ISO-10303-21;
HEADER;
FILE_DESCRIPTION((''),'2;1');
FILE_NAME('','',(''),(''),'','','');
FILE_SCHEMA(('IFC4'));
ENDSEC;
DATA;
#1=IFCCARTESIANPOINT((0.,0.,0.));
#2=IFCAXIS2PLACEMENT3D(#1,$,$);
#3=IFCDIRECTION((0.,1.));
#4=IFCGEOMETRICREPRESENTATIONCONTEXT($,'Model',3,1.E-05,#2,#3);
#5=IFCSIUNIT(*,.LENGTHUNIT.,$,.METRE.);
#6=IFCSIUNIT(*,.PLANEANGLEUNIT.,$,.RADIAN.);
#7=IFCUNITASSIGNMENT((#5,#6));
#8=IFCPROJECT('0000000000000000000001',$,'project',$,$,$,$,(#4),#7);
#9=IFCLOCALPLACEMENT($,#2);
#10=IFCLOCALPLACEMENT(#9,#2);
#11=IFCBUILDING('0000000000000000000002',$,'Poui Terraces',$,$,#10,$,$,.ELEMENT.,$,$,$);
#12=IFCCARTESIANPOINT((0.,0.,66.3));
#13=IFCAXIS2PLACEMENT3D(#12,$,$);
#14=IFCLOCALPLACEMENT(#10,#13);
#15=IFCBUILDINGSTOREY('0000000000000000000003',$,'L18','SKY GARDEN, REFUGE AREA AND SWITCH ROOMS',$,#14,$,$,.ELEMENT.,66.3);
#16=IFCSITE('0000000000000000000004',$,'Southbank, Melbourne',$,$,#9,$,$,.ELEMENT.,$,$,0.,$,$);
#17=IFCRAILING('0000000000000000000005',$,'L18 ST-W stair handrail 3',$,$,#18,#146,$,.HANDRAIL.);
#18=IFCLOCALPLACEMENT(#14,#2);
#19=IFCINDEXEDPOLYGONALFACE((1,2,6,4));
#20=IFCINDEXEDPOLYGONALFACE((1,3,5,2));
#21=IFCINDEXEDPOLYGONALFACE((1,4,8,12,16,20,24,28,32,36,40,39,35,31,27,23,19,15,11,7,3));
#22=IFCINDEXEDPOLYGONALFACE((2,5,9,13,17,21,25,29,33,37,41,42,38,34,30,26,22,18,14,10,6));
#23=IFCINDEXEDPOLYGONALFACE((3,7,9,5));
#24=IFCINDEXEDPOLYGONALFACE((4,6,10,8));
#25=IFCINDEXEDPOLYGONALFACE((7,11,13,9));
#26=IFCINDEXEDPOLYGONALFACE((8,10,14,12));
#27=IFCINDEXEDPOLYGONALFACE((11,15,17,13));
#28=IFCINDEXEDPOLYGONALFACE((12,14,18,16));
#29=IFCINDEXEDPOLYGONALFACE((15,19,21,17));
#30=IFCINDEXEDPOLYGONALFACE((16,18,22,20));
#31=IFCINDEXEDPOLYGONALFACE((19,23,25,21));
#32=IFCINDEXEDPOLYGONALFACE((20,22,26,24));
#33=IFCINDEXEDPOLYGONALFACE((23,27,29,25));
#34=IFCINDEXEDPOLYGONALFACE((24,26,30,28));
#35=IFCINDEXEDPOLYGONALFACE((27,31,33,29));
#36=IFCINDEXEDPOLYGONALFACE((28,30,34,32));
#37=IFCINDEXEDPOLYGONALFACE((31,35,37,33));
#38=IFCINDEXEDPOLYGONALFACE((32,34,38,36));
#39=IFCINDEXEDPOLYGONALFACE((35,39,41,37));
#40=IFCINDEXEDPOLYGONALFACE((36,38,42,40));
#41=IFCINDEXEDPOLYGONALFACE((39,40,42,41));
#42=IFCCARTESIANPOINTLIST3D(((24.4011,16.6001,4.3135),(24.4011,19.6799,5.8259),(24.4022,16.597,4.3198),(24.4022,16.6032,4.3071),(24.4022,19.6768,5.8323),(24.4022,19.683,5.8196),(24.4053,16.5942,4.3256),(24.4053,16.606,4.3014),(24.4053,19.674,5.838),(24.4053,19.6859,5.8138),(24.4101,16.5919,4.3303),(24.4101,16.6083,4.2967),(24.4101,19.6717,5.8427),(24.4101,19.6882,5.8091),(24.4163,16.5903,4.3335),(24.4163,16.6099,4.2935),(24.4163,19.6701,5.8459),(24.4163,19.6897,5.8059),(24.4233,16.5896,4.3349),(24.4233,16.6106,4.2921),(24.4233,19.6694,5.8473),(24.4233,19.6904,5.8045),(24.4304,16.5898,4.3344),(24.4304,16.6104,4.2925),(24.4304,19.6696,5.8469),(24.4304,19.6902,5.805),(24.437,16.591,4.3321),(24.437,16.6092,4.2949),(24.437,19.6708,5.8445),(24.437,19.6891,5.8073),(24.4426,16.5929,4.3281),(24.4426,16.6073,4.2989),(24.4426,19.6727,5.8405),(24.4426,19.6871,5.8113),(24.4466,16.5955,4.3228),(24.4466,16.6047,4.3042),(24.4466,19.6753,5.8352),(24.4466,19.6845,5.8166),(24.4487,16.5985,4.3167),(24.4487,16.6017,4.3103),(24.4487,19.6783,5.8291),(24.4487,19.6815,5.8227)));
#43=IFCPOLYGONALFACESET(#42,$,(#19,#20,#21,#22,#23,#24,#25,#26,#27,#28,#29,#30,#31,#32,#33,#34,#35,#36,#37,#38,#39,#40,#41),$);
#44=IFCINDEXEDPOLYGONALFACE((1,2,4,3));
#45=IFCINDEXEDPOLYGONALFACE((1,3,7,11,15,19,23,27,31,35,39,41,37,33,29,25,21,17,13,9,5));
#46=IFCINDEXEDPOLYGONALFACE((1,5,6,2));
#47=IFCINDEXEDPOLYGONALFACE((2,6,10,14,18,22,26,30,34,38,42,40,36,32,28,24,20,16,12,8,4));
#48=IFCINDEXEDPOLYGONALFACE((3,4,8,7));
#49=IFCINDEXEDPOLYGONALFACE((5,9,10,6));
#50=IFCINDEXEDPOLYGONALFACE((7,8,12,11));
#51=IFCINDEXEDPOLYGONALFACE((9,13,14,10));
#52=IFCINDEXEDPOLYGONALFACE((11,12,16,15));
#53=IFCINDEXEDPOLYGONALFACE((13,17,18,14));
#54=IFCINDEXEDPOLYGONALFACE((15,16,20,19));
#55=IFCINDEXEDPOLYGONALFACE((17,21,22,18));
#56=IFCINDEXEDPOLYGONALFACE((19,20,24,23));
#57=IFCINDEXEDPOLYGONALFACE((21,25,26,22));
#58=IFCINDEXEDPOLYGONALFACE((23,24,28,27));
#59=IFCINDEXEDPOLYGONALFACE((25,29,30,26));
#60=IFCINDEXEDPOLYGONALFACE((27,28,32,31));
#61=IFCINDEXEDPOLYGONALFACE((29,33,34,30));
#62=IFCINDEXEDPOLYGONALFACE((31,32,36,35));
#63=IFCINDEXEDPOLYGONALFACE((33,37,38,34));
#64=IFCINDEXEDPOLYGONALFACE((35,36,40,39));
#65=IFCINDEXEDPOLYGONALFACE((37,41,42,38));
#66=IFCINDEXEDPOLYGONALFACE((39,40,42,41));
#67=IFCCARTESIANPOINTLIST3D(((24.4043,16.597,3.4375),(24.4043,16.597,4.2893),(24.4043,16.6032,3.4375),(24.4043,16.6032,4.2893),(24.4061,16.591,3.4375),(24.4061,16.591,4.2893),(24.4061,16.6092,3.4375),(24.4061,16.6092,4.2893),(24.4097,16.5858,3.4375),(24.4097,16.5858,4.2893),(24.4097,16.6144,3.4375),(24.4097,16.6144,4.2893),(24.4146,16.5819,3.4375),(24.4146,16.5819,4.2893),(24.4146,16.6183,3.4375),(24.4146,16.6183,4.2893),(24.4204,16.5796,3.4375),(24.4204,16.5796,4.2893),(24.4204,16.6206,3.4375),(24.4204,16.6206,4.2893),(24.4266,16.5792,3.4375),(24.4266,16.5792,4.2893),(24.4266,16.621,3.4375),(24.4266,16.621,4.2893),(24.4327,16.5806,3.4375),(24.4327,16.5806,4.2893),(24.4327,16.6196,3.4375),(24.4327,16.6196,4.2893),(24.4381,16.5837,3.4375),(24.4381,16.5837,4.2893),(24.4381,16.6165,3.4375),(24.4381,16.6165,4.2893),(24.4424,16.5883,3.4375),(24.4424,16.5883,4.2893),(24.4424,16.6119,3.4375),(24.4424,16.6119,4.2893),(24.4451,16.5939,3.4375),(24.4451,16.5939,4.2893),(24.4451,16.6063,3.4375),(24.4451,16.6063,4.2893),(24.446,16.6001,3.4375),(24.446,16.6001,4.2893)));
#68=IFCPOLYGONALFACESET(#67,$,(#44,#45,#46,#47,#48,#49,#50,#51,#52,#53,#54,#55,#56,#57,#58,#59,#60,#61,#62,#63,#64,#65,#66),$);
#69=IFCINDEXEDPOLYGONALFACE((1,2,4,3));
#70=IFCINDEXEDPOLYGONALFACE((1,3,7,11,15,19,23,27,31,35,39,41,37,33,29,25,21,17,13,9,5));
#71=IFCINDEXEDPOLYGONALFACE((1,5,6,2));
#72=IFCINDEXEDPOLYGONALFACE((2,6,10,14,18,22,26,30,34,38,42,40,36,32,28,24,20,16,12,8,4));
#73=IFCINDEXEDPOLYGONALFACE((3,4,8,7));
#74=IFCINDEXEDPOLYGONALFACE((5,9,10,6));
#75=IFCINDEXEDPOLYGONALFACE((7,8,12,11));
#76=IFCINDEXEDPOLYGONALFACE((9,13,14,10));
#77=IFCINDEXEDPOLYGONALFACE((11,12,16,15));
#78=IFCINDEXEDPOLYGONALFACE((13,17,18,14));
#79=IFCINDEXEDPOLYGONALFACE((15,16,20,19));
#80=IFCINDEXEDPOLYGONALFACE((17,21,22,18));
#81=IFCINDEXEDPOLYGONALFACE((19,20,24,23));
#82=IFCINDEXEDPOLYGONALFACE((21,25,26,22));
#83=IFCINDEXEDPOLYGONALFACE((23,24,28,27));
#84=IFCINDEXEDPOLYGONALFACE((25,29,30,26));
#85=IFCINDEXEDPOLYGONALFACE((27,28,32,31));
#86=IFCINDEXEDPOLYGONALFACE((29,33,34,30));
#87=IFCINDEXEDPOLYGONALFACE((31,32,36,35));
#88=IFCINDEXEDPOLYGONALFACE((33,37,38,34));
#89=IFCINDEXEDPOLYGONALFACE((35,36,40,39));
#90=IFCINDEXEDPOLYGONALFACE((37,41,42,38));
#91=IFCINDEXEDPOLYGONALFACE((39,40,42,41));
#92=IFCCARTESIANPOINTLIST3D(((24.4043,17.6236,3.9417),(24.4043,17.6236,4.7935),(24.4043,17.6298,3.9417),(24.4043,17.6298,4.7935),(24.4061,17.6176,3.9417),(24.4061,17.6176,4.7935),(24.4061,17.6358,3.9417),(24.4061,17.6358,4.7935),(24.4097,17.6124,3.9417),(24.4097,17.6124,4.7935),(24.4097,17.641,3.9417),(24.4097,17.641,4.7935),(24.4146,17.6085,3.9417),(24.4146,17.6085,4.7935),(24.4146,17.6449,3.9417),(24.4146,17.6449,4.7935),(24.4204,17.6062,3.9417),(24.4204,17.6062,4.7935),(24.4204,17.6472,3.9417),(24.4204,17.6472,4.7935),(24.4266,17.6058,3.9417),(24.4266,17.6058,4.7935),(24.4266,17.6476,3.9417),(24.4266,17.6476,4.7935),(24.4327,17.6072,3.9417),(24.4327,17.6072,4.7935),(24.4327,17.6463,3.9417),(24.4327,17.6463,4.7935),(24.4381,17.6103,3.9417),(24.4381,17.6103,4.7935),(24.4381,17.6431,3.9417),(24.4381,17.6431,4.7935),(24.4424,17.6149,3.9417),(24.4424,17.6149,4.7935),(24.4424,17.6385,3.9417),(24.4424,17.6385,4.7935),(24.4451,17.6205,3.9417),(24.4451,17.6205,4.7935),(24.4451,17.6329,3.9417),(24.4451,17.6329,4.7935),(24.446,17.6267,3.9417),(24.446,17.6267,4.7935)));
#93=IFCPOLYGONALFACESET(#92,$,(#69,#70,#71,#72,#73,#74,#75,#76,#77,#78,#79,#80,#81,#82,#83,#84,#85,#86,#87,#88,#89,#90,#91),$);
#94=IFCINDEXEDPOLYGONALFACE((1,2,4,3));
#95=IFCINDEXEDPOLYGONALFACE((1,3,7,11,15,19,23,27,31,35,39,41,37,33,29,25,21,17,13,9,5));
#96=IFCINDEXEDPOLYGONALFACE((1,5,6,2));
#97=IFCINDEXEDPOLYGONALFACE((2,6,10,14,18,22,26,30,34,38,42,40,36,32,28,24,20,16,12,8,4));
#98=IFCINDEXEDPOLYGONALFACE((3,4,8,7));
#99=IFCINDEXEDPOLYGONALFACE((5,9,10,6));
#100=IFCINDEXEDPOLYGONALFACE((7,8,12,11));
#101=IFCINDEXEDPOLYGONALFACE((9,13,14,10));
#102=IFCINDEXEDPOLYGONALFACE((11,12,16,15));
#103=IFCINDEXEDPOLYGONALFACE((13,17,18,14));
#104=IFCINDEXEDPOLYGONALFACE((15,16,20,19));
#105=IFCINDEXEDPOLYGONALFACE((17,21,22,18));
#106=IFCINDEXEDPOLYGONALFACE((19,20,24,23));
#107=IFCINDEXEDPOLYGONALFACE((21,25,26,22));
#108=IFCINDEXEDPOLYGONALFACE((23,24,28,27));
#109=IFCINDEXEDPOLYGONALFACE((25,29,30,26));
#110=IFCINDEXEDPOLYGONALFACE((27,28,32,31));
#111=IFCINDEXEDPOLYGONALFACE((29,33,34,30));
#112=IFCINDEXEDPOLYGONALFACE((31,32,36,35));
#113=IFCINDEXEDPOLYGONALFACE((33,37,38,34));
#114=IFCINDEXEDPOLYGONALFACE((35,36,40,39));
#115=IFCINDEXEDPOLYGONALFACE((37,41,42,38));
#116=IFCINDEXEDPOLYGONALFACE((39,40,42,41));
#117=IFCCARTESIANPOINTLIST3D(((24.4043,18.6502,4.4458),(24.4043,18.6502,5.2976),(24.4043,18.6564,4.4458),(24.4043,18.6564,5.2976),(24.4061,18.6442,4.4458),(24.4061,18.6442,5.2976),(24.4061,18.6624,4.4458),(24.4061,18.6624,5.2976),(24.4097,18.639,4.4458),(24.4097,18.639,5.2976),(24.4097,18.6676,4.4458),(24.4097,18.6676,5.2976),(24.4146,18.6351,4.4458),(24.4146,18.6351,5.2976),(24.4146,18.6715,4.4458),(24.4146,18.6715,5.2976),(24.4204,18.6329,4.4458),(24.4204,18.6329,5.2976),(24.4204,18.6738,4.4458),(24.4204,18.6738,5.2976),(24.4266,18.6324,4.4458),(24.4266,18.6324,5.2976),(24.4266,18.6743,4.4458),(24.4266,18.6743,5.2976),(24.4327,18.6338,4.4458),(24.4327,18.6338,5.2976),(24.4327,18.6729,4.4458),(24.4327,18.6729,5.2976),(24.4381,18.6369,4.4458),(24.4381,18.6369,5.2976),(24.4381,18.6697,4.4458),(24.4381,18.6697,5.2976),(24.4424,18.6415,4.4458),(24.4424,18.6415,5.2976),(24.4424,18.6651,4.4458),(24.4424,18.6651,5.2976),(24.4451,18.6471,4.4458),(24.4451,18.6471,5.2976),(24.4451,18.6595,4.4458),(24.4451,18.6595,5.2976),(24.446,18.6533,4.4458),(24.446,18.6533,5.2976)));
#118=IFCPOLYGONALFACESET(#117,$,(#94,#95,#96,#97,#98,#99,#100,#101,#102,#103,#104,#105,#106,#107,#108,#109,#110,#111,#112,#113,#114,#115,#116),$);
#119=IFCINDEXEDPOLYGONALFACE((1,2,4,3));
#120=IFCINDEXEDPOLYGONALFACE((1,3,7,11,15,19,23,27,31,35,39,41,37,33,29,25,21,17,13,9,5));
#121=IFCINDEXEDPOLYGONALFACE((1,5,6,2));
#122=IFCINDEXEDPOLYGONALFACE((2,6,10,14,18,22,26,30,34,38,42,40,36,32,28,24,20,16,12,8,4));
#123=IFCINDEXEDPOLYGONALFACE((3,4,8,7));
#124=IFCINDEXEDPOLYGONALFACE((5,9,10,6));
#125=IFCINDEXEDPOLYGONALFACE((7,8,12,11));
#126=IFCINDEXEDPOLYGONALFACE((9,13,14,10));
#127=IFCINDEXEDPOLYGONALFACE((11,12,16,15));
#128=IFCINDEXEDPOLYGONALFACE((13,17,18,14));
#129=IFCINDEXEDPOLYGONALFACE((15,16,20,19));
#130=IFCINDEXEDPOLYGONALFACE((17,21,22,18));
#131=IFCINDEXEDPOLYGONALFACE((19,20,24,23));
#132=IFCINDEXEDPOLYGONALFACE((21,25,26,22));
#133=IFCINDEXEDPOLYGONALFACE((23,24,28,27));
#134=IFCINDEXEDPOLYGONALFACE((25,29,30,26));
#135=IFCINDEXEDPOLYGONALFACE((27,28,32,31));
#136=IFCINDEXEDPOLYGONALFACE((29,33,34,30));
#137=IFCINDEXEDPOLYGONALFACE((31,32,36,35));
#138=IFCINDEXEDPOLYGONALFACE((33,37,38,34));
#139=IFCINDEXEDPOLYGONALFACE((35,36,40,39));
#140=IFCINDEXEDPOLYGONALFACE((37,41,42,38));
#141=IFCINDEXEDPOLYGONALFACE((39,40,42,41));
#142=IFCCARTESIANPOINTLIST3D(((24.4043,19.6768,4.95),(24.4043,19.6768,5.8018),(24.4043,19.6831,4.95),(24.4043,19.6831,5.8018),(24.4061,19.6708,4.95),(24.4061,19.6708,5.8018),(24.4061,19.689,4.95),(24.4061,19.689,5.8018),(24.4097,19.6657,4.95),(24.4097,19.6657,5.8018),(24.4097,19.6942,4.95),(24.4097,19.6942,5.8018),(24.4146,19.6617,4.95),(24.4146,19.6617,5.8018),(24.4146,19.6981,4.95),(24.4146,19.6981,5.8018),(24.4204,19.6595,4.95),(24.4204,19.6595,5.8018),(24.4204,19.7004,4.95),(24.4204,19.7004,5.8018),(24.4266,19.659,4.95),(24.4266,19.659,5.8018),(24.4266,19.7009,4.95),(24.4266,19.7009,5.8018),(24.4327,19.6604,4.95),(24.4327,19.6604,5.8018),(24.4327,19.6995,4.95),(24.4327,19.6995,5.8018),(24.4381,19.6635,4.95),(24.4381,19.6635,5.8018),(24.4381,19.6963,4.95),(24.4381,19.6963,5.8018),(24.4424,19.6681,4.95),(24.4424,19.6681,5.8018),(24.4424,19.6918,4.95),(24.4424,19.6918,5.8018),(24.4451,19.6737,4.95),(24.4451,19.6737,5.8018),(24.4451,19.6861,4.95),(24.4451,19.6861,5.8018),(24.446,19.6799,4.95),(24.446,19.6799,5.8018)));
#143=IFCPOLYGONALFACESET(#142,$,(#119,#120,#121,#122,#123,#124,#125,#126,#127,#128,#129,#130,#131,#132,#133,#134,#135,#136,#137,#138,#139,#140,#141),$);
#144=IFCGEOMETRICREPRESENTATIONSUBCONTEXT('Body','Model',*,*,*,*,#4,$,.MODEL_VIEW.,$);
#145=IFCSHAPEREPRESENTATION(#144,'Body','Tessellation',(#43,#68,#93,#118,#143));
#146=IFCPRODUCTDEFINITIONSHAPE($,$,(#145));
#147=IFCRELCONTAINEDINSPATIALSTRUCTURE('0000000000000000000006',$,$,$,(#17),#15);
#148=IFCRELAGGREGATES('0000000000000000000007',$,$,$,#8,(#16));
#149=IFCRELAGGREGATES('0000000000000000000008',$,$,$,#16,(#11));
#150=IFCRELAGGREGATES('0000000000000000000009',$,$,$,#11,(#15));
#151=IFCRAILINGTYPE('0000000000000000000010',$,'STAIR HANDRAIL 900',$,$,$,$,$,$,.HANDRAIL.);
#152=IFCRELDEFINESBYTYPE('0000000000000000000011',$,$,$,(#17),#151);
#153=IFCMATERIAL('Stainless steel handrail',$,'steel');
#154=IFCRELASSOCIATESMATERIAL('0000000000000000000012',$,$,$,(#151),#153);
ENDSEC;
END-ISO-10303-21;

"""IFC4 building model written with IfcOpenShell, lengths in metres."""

from ifc_helpers import new_model, si_unit, direction, frame, origin, origin_2d, place, context, subcontext, project, spatial, circle, extrude, material, type_object, element, save


model = new_model("IFC4")

# Units and contexts
model_context = context("Model", 3, precision=1e-05, world=origin(), true_north=direction((0.0, 1.0)))
body_context = subcontext(model_context, "Body", "Model", "MODEL_VIEW")
ifc_project = project(units=[si_unit("LENGTHUNIT", "METRE"), si_unit("PLANEANGLEUNIT", "RADIAN")], contexts=[model_context])

# Site, building, storey
site_placement = place(None, origin())
site = spatial("IfcSite", under=ifc_project, at=site_placement, Name="Southbank, Melbourne", CompositionType="ELEMENT", RefElevation=0.0)
building_placement = place(site_placement, origin())
building = spatial("IfcBuilding", under=site, at=building_placement, Name="Poui Terraces", CompositionType="ELEMENT")
storey_placement = place(building_placement, frame((0.0, 0.0, 66.3)))
storey = spatial("IfcBuildingStorey", under=building, at=storey_placement, Name="L18", Description="SKY GARDEN, REFUGE AREA AND SWITCH ROOMS", CompositionType="ELEMENT", Elevation=66.3)

# Railing
ifc_material_1 = material(Name="Stainless steel handrail", Category="steel")
railing_type_1 = type_object("IfcRailingType", Name="STAIR HANDRAIL 900", PredefinedType="HANDRAIL", material=ifc_material_1)
for number, where, name in (
    (1, (24.425, 16.6001, 3.4375), "L18 ST-W stair handrail 3"),
):
    element("IfcRailing", number, at=place(storey_placement, frame(where)), inside=storey, type_object=railing_type_1, Name=name, PredefinedType="HANDRAIL", context=body_context, shape_type="SweptSolid", body=[
        extrude(circle(Radius=0.0239, at=origin_2d()), frame((0.0, 0.0, 0.876), z_axis=(0.0, 0.897606, 0.440798), x_axis=(-1.0, 0.0, 0.0)), (0.0, 0.0, 1.0), 3.4312),
        extrude(circle(Radius=0.021, at=origin_2d()), origin(), (0.0, 0.0, 1.0), 0.8518),
        extrude(circle(Radius=0.021, at=origin_2d()), frame((0.0, 1.0266, 0.5042)), (0.0, 0.0, 1.0), 0.8518),
        extrude(circle(Radius=0.021, at=origin_2d()), frame((0.0, 2.0532, 1.0083)), (0.0, 0.0, 1.0), 0.8518),
        extrude(circle(Radius=0.021, at=origin_2d()), frame((0.0, 3.0798, 1.5125)), (0.0, 0.0, 1.0), 0.8518),
    ])

save(model, "model.ifc")
